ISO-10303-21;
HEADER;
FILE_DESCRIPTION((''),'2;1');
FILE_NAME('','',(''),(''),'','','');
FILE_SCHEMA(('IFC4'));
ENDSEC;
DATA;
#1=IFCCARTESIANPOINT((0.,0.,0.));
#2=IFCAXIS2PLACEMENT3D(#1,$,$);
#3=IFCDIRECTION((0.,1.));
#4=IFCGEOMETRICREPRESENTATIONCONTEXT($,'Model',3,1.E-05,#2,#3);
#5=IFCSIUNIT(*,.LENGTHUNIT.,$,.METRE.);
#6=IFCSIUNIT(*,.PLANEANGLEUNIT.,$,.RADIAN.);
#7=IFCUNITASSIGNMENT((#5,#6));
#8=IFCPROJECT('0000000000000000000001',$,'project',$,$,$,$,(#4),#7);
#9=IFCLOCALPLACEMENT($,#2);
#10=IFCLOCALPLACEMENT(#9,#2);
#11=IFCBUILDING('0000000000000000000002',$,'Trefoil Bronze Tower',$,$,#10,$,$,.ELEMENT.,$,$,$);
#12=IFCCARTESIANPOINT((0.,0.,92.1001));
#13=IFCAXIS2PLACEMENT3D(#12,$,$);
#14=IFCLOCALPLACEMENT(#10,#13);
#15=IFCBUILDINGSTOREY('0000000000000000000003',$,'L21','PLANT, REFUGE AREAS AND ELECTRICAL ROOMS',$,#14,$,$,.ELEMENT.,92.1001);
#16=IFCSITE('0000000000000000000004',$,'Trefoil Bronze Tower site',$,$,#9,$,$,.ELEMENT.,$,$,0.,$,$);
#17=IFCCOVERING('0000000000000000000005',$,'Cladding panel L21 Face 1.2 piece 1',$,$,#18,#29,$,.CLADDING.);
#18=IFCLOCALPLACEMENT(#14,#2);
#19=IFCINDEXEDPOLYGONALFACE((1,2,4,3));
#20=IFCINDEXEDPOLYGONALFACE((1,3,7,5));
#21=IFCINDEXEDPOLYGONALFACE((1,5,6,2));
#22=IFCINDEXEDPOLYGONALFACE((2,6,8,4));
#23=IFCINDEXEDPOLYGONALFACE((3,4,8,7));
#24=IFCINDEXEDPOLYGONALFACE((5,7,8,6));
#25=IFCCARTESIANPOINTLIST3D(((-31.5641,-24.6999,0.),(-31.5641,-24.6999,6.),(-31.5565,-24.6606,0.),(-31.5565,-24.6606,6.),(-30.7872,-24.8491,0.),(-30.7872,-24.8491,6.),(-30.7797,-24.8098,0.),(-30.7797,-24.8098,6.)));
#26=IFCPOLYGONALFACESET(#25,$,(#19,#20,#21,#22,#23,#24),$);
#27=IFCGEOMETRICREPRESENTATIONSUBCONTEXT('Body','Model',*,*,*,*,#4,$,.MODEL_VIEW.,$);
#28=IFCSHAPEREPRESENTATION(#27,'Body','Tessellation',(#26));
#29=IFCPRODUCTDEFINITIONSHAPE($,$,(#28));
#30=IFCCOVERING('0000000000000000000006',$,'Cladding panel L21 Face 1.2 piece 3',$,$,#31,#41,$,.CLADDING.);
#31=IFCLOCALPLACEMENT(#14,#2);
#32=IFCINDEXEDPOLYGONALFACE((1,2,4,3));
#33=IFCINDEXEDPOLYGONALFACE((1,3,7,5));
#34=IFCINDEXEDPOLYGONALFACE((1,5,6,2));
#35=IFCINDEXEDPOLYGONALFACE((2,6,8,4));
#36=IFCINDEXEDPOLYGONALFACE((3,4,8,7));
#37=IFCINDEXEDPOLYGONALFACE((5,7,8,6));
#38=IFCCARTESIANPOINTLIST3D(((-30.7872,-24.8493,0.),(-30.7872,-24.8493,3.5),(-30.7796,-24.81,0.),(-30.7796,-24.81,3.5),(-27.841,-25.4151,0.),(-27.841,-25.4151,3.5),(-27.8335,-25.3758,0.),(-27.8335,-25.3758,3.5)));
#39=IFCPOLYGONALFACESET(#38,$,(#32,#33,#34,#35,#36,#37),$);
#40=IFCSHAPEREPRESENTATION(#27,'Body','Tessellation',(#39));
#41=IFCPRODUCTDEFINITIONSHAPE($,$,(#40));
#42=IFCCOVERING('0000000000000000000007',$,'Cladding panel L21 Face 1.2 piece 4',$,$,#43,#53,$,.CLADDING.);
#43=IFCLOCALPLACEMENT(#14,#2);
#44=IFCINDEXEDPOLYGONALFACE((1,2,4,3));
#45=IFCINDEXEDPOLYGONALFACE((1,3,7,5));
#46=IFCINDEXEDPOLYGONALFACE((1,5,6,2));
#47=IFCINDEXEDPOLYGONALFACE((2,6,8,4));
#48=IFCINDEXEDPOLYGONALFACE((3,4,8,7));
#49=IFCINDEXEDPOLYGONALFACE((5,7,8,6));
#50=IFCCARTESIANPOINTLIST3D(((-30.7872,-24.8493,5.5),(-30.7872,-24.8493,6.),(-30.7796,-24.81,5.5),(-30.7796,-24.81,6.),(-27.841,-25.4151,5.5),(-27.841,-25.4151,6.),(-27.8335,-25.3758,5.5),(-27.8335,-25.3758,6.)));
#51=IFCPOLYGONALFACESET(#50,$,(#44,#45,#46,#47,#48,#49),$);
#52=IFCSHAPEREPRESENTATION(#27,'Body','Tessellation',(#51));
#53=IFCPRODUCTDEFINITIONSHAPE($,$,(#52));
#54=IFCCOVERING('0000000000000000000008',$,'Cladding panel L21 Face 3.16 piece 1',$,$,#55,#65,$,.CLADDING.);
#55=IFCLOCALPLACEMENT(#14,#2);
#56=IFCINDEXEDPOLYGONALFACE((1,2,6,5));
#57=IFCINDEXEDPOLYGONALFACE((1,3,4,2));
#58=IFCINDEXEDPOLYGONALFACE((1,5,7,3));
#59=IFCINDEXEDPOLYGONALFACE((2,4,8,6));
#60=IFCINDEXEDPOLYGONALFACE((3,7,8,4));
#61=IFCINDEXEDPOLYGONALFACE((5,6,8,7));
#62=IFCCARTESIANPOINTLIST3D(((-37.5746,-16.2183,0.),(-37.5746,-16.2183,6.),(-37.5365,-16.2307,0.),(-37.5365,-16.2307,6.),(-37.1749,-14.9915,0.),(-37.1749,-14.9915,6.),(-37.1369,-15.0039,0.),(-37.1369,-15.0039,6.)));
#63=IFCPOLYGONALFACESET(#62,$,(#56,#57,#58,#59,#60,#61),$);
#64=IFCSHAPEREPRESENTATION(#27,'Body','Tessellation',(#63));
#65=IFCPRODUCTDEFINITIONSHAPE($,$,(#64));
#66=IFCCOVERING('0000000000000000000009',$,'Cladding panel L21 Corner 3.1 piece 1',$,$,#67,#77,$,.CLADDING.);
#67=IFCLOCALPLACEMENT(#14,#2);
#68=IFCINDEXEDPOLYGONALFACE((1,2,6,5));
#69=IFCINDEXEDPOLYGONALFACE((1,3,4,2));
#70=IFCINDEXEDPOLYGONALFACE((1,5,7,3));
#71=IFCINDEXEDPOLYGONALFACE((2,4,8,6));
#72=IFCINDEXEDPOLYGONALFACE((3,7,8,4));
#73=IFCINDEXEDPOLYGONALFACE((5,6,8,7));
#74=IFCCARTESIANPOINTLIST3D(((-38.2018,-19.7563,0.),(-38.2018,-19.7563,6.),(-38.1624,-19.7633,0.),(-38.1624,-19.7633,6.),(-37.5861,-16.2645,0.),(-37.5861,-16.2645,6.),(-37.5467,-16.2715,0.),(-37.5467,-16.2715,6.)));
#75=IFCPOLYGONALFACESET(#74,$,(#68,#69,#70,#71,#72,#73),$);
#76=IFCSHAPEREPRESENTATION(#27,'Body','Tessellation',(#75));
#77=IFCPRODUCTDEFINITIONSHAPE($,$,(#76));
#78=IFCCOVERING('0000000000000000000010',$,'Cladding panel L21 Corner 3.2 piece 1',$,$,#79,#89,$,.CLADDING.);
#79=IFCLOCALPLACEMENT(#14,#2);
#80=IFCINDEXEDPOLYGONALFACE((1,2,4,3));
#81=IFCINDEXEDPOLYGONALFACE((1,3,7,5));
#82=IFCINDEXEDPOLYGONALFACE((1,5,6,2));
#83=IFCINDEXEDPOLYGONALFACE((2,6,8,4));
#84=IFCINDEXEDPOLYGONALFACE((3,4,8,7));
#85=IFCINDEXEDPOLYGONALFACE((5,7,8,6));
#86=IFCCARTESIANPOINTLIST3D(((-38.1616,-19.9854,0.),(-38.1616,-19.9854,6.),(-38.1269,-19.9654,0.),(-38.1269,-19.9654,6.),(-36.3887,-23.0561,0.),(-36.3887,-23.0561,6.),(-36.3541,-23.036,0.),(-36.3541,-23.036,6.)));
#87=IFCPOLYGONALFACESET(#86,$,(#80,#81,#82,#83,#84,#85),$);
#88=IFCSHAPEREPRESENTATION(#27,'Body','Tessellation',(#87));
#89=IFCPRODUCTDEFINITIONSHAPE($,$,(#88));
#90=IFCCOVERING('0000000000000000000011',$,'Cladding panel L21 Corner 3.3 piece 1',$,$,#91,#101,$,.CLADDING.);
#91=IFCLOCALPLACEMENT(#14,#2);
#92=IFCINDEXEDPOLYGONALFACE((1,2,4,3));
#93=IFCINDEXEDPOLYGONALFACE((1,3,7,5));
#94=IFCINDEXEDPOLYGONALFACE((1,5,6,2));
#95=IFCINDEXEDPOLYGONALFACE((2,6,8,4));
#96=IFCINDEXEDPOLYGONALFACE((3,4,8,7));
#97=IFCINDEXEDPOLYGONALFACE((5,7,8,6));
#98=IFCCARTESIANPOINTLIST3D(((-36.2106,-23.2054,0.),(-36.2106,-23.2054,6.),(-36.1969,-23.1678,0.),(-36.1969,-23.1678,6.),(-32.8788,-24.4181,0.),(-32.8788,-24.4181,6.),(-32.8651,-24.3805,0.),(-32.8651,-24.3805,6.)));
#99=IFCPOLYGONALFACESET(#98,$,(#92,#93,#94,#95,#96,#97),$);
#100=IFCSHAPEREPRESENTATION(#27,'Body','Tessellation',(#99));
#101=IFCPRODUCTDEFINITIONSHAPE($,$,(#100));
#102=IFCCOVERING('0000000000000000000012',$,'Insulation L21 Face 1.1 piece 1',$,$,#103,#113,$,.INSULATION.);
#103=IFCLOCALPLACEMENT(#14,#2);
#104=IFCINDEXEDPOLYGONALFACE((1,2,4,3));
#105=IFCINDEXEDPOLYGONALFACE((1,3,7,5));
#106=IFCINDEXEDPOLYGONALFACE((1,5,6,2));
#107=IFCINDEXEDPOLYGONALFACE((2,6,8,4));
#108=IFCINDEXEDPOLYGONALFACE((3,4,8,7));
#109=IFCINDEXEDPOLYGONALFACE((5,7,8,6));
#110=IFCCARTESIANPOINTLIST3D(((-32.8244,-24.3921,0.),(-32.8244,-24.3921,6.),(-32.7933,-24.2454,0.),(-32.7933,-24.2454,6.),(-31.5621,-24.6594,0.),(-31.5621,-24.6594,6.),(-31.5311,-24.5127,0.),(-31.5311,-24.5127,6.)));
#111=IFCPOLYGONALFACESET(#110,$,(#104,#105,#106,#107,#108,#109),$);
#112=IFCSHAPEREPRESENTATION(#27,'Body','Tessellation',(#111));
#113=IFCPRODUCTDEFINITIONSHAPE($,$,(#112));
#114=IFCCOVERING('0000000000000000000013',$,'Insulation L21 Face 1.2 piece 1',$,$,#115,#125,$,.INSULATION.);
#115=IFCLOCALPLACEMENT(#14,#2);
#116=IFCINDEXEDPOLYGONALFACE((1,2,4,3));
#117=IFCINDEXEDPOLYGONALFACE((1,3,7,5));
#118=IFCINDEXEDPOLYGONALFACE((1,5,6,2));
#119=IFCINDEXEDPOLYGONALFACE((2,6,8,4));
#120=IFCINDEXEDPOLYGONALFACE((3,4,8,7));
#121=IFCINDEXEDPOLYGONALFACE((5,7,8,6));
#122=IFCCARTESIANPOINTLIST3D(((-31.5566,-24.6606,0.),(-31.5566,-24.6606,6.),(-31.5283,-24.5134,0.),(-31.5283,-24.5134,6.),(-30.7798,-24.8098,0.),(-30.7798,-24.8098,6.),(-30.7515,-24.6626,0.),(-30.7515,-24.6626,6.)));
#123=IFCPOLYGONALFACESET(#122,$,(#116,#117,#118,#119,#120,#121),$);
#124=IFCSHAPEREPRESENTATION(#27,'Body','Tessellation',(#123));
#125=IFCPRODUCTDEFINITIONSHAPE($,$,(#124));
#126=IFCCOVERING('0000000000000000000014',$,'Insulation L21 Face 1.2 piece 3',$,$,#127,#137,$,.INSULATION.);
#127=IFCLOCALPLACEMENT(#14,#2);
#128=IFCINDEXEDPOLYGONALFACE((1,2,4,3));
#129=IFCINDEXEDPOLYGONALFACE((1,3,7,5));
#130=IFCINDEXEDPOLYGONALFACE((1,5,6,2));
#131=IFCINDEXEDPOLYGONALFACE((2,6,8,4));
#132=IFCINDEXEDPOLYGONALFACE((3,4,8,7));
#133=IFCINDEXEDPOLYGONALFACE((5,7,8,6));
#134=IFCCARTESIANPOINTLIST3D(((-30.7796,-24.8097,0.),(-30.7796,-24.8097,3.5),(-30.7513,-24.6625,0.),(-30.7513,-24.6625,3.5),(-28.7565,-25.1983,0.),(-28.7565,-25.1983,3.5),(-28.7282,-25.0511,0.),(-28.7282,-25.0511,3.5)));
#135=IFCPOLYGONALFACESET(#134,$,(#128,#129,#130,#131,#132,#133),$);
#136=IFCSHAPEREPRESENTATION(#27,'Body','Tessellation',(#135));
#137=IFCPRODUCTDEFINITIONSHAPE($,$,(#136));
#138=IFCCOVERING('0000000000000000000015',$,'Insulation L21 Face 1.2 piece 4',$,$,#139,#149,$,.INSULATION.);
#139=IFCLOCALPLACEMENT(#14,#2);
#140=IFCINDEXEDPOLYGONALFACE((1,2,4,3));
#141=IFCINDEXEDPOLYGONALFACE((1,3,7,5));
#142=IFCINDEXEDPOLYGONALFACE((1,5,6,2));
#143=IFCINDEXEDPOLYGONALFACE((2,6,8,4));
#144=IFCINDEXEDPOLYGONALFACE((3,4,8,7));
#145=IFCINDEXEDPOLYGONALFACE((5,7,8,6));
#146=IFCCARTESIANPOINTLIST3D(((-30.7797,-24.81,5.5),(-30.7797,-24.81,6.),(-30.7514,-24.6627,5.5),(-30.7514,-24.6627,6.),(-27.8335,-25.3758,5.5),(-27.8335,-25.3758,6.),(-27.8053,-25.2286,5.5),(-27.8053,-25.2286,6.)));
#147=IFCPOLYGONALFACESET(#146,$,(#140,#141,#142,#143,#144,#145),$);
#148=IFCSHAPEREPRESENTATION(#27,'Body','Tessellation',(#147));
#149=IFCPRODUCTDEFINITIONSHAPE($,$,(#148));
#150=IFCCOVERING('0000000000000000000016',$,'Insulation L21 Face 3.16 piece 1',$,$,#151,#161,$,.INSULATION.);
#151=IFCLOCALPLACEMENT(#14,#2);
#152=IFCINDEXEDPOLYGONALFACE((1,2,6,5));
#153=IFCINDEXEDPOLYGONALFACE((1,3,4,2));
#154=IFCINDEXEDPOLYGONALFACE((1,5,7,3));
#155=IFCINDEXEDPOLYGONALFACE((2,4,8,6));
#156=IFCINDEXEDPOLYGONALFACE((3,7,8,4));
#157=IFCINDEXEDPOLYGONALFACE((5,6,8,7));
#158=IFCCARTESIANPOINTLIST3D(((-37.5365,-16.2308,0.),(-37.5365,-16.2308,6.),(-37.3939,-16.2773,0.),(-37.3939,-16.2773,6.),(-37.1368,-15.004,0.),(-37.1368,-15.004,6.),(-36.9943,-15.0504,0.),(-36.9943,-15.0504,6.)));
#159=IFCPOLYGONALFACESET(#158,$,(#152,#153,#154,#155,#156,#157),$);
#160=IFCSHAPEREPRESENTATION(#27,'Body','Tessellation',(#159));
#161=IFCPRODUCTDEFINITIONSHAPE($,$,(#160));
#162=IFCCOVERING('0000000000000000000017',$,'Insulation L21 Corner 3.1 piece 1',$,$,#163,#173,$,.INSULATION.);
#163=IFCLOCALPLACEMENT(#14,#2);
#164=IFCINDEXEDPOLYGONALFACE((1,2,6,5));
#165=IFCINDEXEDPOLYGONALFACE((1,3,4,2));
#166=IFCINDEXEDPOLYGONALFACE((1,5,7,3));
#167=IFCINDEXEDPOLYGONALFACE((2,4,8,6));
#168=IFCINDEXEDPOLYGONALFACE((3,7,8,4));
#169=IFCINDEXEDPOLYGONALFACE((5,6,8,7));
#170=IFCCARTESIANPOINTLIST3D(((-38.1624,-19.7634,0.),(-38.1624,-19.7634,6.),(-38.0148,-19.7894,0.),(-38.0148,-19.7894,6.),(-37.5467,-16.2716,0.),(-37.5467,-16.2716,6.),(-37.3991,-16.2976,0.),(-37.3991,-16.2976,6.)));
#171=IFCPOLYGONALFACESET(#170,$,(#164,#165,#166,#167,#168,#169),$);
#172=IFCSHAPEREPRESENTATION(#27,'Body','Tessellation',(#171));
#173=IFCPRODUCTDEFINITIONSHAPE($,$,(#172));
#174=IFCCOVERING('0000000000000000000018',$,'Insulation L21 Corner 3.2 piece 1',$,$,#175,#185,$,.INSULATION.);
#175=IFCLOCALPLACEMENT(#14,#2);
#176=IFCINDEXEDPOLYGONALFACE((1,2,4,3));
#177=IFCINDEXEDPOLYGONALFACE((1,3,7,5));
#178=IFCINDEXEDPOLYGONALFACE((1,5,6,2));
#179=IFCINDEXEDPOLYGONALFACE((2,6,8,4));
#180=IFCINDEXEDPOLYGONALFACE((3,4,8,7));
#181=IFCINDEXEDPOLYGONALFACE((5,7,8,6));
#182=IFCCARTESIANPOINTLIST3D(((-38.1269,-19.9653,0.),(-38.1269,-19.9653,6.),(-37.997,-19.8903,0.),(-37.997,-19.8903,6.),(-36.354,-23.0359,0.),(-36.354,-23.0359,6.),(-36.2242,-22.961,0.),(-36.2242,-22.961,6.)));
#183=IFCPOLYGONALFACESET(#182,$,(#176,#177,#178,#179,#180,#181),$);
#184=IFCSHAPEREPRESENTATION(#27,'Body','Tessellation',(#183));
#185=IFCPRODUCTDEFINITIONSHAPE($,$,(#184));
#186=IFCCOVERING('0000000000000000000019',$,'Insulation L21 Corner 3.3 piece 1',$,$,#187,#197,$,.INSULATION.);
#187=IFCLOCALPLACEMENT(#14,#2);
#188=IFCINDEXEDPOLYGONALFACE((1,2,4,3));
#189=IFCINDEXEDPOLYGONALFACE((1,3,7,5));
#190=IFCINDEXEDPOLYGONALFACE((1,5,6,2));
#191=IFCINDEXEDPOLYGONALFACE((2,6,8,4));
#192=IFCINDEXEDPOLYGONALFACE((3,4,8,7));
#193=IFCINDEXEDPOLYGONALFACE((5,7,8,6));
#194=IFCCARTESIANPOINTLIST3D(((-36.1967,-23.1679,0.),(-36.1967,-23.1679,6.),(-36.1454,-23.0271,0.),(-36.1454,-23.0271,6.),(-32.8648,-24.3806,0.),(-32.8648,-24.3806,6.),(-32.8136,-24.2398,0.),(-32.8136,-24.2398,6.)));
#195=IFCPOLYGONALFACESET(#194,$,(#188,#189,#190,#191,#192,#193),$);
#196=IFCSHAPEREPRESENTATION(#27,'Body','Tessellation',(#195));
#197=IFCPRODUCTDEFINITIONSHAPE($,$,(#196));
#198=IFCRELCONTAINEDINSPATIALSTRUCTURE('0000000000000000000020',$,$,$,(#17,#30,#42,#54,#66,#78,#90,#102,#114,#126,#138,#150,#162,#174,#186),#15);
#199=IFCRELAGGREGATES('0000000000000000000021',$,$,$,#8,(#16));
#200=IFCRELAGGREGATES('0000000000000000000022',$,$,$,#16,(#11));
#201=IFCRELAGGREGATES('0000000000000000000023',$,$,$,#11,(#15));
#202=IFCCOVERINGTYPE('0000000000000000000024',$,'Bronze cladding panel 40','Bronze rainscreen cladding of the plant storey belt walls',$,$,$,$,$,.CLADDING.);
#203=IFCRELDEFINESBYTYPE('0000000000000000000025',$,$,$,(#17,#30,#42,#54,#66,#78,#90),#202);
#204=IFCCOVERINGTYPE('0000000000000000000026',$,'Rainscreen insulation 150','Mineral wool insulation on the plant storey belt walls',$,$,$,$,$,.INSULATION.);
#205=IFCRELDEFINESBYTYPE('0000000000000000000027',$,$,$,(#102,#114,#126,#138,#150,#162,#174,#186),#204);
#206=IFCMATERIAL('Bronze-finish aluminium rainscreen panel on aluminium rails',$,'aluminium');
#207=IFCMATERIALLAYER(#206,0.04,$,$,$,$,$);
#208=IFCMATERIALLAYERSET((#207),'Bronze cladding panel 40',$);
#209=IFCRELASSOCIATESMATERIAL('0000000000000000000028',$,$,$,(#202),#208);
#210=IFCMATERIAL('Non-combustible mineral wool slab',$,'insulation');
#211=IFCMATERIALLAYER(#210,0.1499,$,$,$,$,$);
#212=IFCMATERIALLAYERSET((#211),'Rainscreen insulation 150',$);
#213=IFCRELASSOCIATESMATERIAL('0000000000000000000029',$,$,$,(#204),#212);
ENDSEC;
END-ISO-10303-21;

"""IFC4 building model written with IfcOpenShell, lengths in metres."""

from ifc_helpers import new_model, si_unit, direction, frame, origin, origin_2d, place, context, subcontext, project, spatial, rectangle, extrude, material, layer, layer_set, type_object, element, save


model = new_model("IFC4")

# Units and contexts
model_context = context("Model", 3, precision=1e-05, world=origin(), true_north=direction((0.0, 1.0)))
body_context = subcontext(model_context, "Body", "Model", "MODEL_VIEW")
ifc_project = project(units=[si_unit("LENGTHUNIT", "METRE"), si_unit("PLANEANGLEUNIT", "RADIAN")], contexts=[model_context])

# Site, building, storey
site_placement = place(None, origin())
site = spatial("IfcSite", under=ifc_project, at=site_placement, Name="Trefoil Bronze Tower site", CompositionType="ELEMENT", RefElevation=0.0)
building_placement = place(site_placement, origin())
building = spatial("IfcBuilding", under=site, at=building_placement, Name="Trefoil Bronze Tower", CompositionType="ELEMENT")
storey_placement = place(building_placement, frame((0.0, 0.0, 92.1001)))
storey = spatial("IfcBuildingStorey", under=building, at=storey_placement, Name="L21", Description="PLANT, REFUGE AREAS AND ELECTRICAL ROOMS", CompositionType="ELEMENT", Elevation=92.1001)

# Coverings
ifc_material_1 = material(Name="Bronze-finish aluminium rainscreen panel on aluminium rails", Category="aluminium")
ifc_layer_1 = layer(ifc_material_1, 0.04)
ifc_layer_set_1 = layer_set([ifc_layer_1], Name="Bronze cladding panel 40")
covering_type_1 = type_object("IfcCoveringType", Name="Bronze cladding panel 40", Description="Bronze rainscreen cladding of the plant storey belt walls", PredefinedType="CLADDING", material=ifc_layer_set_1)
covering_1_placement = place(storey_placement, frame((-31.1719, -24.7549, 0.0), z_axis=(0.0, 0.0, 1.0), x_axis=(0.98205, -0.188622, 0.0)))
element("IfcCovering", 1, at=covering_1_placement, inside=storey, type_object=covering_type_1, Name="Cladding panel L21 Face 1.2 piece 1", PredefinedType="CLADDING", context=body_context, shape_type="SweptSolid", body=[
    extrude(rectangle(XDim=0.791, YDim=0.04, at=origin_2d()), origin(), (0.0, 0.0, 1.0), 6.0),
])
covering_2_placement = place(storey_placement, frame((-29.3103, -25.1125, 0.0), z_axis=(0.0, 0.0, 1.0), x_axis=(0.98205, -0.188622, 0.0)))
element("IfcCovering", 2, at=covering_2_placement, inside=storey, type_object=covering_type_1, Name="Cladding panel L21 Face 1.2 piece 3", PredefinedType="CLADDING", context=body_context, shape_type="SweptSolid", body=[
    extrude(rectangle(XDim=3.0, YDim=0.04, at=origin_2d()), origin(), (0.0, 0.0, 1.0), 3.5),
])
covering_3_placement = place(storey_placement, frame((-29.3103, -25.1125, 5.5), z_axis=(0.0, 0.0, 1.0), x_axis=(0.98205, -0.188622, 0.0)))
element("IfcCovering", 3, at=covering_3_placement, inside=storey, type_object=covering_type_1, Name="Cladding panel L21 Face 1.2 piece 4", PredefinedType="CLADDING", context=body_context, shape_type="SweptSolid", body=[
    extrude(rectangle(XDim=3.0, YDim=0.04, at=origin_2d()), origin(), (0.0, 0.0, 1.0), 0.5),
])
covering_4_placement = place(storey_placement, frame((-37.3557, -15.6111, 0.0), z_axis=(0.0, 0.0, 1.0), x_axis=(-0.309728, -0.950825, 0.0)))
element("IfcCovering", 4, at=covering_4_placement, inside=storey, type_object=covering_type_1, Name="Cladding panel L21 Face 3.16 piece 1", PredefinedType="CLADDING", context=body_context, shape_type="SweptSolid", body=[
    extrude(rectangle(XDim=1.2903, YDim=0.04, at=origin_2d()), origin(), (0.0, 0.0, 1.0), 6.0),
])
for number, where, z_axis, x_axis, name in (
    (5, (-37.8743, -18.0139, 0.0), (0.0, 0.0, 1.0), (-0.173648, -0.984808, 0.0), "Cladding panel L21 Corner 3.1 piece 1"),
    (6, (-37.2578, -21.5107, 0.0), (0.0, 0.0, 1.0), (0.5, -0.866025, 0.0), "Cladding panel L21 Corner 3.2 piece 1"),
    (7, (-34.5378, -23.793, 0.0), (0.0, 0.0, 1.0), (0.939693, -0.34202, 0.0), "Cladding panel L21 Corner 3.3 piece 1"),
):
    element("IfcCovering", number, at=place(storey_placement, frame(where, z_axis=z_axis, x_axis=x_axis)), inside=storey, type_object=covering_type_1, Name=name, PredefinedType="CLADDING", context=body_context, shape_type="SweptSolid", body=[
        extrude(rectangle(XDim=3.5457, YDim=0.04, at=origin_2d()), origin(), (0.0, 0.0, 1.0), 6.0),
    ])
ifc_material_2 = material(Name="Non-combustible mineral wool slab", Category="insulation")
ifc_layer_2 = layer(ifc_material_2, 0.1499)
ifc_layer_set_2 = layer_set([ifc_layer_2], Name="Rainscreen insulation 150")
covering_type_2 = type_object("IfcCoveringType", Name="Rainscreen insulation 150", Description="Mineral wool insulation on the plant storey belt walls", PredefinedType="INSULATION", material=ifc_layer_set_2)
covering_5_placement = place(storey_placement, frame((-32.1777, -24.4524, 0.0), z_axis=(0.0, 0.0, 1.0), x_axis=(0.978303, -0.207181, 0.0)))
element("IfcCovering", 8, at=covering_5_placement, inside=storey, type_object=covering_type_2, Name="Insulation L21 Face 1.1 piece 1", PredefinedType="INSULATION", context=body_context, shape_type="SweptSolid", body=[
    extrude(rectangle(XDim=1.2903, YDim=0.1499, at=origin_2d()), origin(), (0.0, 0.0, 1.0), 6.0),
])
covering_6_placement = place(storey_placement, frame((-31.1541, -24.6616, 0.0), z_axis=(0.0, 0.0, 1.0), x_axis=(0.98205, -0.188622, 0.0)))
element("IfcCovering", 9, at=covering_6_placement, inside=storey, type_object=covering_type_2, Name="Insulation L21 Face 1.2 piece 1", PredefinedType="INSULATION", context=body_context, shape_type="SweptSolid", body=[
    extrude(rectangle(XDim=0.791, YDim=0.1499, at=origin_2d()), origin(), (0.0, 0.0, 1.0), 6.0),
])
covering_7_placement = place(storey_placement, frame((-29.7539, -24.9304, 0.0), z_axis=(0.0, 0.0, 1.0), x_axis=(0.98205, -0.188622, 0.0)))
element("IfcCovering", 10, at=covering_7_placement, inside=storey, type_object=covering_type_2, Name="Insulation L21 Face 1.2 piece 3", PredefinedType="INSULATION", context=body_context, shape_type="SweptSolid", body=[
    extrude(rectangle(XDim=2.0601, YDim=0.1499, at=origin_2d()), origin(), (0.0, 0.0, 1.0), 3.5),
])
covering_8_placement = place(storey_placement, frame((-29.2925, -25.0193, 5.5), z_axis=(0.0, 0.0, 1.0), x_axis=(0.98205, -0.188622, 0.0)))
element("IfcCovering", 11, at=covering_8_placement, inside=storey, type_object=covering_type_2, Name="Insulation L21 Face 1.2 piece 4", PredefinedType="INSULATION", context=body_context, shape_type="SweptSolid", body=[
    extrude(rectangle(XDim=3.0, YDim=0.1499, at=origin_2d()), origin(), (0.0, 0.0, 1.0), 0.5),
])
covering_9_placement = place(storey_placement, frame((-37.2654, -15.6406, 0.0), z_axis=(0.0, 0.0, 1.0), x_axis=(-0.309728, -0.950825, 0.0)))
element("IfcCovering", 12, at=covering_9_placement, inside=storey, type_object=covering_type_2, Name="Insulation L21 Face 3.16 piece 1", PredefinedType="INSULATION", context=body_context, shape_type="SweptSolid", body=[
    extrude(rectangle(XDim=1.2903, YDim=0.1499, at=origin_2d()), origin(), (0.0, 0.0, 1.0), 6.0),
])
for number, where, z_axis, x_axis, name in (
    (13, (-37.7808, -18.0305, 0.0), (0.0, 0.0, 1.0), (-0.173648, -0.984808, 0.0), "Insulation L21 Corner 3.1 piece 1"),
    (14, (-37.1755, -21.4631, 0.0), (0.0, 0.0, 1.0), (0.5, -0.866025, 0.0), "Insulation L21 Corner 3.2 piece 1"),
    (15, (-34.5051, -23.7039, 0.0), (0.0, 0.0, 1.0), (0.939693, -0.34202, 0.0), "Insulation L21 Corner 3.3 piece 1"),
):
    element("IfcCovering", number, at=place(storey_placement, frame(where, z_axis=z_axis, x_axis=x_axis)), inside=storey, type_object=covering_type_2, Name=name, PredefinedType="INSULATION", context=body_context, shape_type="SweptSolid", body=[
        extrude(rectangle(XDim=3.5457, YDim=0.1499, at=origin_2d()), origin(), (0.0, 0.0, 1.0), 6.0),
    ])

save(model, "model.ifc")
